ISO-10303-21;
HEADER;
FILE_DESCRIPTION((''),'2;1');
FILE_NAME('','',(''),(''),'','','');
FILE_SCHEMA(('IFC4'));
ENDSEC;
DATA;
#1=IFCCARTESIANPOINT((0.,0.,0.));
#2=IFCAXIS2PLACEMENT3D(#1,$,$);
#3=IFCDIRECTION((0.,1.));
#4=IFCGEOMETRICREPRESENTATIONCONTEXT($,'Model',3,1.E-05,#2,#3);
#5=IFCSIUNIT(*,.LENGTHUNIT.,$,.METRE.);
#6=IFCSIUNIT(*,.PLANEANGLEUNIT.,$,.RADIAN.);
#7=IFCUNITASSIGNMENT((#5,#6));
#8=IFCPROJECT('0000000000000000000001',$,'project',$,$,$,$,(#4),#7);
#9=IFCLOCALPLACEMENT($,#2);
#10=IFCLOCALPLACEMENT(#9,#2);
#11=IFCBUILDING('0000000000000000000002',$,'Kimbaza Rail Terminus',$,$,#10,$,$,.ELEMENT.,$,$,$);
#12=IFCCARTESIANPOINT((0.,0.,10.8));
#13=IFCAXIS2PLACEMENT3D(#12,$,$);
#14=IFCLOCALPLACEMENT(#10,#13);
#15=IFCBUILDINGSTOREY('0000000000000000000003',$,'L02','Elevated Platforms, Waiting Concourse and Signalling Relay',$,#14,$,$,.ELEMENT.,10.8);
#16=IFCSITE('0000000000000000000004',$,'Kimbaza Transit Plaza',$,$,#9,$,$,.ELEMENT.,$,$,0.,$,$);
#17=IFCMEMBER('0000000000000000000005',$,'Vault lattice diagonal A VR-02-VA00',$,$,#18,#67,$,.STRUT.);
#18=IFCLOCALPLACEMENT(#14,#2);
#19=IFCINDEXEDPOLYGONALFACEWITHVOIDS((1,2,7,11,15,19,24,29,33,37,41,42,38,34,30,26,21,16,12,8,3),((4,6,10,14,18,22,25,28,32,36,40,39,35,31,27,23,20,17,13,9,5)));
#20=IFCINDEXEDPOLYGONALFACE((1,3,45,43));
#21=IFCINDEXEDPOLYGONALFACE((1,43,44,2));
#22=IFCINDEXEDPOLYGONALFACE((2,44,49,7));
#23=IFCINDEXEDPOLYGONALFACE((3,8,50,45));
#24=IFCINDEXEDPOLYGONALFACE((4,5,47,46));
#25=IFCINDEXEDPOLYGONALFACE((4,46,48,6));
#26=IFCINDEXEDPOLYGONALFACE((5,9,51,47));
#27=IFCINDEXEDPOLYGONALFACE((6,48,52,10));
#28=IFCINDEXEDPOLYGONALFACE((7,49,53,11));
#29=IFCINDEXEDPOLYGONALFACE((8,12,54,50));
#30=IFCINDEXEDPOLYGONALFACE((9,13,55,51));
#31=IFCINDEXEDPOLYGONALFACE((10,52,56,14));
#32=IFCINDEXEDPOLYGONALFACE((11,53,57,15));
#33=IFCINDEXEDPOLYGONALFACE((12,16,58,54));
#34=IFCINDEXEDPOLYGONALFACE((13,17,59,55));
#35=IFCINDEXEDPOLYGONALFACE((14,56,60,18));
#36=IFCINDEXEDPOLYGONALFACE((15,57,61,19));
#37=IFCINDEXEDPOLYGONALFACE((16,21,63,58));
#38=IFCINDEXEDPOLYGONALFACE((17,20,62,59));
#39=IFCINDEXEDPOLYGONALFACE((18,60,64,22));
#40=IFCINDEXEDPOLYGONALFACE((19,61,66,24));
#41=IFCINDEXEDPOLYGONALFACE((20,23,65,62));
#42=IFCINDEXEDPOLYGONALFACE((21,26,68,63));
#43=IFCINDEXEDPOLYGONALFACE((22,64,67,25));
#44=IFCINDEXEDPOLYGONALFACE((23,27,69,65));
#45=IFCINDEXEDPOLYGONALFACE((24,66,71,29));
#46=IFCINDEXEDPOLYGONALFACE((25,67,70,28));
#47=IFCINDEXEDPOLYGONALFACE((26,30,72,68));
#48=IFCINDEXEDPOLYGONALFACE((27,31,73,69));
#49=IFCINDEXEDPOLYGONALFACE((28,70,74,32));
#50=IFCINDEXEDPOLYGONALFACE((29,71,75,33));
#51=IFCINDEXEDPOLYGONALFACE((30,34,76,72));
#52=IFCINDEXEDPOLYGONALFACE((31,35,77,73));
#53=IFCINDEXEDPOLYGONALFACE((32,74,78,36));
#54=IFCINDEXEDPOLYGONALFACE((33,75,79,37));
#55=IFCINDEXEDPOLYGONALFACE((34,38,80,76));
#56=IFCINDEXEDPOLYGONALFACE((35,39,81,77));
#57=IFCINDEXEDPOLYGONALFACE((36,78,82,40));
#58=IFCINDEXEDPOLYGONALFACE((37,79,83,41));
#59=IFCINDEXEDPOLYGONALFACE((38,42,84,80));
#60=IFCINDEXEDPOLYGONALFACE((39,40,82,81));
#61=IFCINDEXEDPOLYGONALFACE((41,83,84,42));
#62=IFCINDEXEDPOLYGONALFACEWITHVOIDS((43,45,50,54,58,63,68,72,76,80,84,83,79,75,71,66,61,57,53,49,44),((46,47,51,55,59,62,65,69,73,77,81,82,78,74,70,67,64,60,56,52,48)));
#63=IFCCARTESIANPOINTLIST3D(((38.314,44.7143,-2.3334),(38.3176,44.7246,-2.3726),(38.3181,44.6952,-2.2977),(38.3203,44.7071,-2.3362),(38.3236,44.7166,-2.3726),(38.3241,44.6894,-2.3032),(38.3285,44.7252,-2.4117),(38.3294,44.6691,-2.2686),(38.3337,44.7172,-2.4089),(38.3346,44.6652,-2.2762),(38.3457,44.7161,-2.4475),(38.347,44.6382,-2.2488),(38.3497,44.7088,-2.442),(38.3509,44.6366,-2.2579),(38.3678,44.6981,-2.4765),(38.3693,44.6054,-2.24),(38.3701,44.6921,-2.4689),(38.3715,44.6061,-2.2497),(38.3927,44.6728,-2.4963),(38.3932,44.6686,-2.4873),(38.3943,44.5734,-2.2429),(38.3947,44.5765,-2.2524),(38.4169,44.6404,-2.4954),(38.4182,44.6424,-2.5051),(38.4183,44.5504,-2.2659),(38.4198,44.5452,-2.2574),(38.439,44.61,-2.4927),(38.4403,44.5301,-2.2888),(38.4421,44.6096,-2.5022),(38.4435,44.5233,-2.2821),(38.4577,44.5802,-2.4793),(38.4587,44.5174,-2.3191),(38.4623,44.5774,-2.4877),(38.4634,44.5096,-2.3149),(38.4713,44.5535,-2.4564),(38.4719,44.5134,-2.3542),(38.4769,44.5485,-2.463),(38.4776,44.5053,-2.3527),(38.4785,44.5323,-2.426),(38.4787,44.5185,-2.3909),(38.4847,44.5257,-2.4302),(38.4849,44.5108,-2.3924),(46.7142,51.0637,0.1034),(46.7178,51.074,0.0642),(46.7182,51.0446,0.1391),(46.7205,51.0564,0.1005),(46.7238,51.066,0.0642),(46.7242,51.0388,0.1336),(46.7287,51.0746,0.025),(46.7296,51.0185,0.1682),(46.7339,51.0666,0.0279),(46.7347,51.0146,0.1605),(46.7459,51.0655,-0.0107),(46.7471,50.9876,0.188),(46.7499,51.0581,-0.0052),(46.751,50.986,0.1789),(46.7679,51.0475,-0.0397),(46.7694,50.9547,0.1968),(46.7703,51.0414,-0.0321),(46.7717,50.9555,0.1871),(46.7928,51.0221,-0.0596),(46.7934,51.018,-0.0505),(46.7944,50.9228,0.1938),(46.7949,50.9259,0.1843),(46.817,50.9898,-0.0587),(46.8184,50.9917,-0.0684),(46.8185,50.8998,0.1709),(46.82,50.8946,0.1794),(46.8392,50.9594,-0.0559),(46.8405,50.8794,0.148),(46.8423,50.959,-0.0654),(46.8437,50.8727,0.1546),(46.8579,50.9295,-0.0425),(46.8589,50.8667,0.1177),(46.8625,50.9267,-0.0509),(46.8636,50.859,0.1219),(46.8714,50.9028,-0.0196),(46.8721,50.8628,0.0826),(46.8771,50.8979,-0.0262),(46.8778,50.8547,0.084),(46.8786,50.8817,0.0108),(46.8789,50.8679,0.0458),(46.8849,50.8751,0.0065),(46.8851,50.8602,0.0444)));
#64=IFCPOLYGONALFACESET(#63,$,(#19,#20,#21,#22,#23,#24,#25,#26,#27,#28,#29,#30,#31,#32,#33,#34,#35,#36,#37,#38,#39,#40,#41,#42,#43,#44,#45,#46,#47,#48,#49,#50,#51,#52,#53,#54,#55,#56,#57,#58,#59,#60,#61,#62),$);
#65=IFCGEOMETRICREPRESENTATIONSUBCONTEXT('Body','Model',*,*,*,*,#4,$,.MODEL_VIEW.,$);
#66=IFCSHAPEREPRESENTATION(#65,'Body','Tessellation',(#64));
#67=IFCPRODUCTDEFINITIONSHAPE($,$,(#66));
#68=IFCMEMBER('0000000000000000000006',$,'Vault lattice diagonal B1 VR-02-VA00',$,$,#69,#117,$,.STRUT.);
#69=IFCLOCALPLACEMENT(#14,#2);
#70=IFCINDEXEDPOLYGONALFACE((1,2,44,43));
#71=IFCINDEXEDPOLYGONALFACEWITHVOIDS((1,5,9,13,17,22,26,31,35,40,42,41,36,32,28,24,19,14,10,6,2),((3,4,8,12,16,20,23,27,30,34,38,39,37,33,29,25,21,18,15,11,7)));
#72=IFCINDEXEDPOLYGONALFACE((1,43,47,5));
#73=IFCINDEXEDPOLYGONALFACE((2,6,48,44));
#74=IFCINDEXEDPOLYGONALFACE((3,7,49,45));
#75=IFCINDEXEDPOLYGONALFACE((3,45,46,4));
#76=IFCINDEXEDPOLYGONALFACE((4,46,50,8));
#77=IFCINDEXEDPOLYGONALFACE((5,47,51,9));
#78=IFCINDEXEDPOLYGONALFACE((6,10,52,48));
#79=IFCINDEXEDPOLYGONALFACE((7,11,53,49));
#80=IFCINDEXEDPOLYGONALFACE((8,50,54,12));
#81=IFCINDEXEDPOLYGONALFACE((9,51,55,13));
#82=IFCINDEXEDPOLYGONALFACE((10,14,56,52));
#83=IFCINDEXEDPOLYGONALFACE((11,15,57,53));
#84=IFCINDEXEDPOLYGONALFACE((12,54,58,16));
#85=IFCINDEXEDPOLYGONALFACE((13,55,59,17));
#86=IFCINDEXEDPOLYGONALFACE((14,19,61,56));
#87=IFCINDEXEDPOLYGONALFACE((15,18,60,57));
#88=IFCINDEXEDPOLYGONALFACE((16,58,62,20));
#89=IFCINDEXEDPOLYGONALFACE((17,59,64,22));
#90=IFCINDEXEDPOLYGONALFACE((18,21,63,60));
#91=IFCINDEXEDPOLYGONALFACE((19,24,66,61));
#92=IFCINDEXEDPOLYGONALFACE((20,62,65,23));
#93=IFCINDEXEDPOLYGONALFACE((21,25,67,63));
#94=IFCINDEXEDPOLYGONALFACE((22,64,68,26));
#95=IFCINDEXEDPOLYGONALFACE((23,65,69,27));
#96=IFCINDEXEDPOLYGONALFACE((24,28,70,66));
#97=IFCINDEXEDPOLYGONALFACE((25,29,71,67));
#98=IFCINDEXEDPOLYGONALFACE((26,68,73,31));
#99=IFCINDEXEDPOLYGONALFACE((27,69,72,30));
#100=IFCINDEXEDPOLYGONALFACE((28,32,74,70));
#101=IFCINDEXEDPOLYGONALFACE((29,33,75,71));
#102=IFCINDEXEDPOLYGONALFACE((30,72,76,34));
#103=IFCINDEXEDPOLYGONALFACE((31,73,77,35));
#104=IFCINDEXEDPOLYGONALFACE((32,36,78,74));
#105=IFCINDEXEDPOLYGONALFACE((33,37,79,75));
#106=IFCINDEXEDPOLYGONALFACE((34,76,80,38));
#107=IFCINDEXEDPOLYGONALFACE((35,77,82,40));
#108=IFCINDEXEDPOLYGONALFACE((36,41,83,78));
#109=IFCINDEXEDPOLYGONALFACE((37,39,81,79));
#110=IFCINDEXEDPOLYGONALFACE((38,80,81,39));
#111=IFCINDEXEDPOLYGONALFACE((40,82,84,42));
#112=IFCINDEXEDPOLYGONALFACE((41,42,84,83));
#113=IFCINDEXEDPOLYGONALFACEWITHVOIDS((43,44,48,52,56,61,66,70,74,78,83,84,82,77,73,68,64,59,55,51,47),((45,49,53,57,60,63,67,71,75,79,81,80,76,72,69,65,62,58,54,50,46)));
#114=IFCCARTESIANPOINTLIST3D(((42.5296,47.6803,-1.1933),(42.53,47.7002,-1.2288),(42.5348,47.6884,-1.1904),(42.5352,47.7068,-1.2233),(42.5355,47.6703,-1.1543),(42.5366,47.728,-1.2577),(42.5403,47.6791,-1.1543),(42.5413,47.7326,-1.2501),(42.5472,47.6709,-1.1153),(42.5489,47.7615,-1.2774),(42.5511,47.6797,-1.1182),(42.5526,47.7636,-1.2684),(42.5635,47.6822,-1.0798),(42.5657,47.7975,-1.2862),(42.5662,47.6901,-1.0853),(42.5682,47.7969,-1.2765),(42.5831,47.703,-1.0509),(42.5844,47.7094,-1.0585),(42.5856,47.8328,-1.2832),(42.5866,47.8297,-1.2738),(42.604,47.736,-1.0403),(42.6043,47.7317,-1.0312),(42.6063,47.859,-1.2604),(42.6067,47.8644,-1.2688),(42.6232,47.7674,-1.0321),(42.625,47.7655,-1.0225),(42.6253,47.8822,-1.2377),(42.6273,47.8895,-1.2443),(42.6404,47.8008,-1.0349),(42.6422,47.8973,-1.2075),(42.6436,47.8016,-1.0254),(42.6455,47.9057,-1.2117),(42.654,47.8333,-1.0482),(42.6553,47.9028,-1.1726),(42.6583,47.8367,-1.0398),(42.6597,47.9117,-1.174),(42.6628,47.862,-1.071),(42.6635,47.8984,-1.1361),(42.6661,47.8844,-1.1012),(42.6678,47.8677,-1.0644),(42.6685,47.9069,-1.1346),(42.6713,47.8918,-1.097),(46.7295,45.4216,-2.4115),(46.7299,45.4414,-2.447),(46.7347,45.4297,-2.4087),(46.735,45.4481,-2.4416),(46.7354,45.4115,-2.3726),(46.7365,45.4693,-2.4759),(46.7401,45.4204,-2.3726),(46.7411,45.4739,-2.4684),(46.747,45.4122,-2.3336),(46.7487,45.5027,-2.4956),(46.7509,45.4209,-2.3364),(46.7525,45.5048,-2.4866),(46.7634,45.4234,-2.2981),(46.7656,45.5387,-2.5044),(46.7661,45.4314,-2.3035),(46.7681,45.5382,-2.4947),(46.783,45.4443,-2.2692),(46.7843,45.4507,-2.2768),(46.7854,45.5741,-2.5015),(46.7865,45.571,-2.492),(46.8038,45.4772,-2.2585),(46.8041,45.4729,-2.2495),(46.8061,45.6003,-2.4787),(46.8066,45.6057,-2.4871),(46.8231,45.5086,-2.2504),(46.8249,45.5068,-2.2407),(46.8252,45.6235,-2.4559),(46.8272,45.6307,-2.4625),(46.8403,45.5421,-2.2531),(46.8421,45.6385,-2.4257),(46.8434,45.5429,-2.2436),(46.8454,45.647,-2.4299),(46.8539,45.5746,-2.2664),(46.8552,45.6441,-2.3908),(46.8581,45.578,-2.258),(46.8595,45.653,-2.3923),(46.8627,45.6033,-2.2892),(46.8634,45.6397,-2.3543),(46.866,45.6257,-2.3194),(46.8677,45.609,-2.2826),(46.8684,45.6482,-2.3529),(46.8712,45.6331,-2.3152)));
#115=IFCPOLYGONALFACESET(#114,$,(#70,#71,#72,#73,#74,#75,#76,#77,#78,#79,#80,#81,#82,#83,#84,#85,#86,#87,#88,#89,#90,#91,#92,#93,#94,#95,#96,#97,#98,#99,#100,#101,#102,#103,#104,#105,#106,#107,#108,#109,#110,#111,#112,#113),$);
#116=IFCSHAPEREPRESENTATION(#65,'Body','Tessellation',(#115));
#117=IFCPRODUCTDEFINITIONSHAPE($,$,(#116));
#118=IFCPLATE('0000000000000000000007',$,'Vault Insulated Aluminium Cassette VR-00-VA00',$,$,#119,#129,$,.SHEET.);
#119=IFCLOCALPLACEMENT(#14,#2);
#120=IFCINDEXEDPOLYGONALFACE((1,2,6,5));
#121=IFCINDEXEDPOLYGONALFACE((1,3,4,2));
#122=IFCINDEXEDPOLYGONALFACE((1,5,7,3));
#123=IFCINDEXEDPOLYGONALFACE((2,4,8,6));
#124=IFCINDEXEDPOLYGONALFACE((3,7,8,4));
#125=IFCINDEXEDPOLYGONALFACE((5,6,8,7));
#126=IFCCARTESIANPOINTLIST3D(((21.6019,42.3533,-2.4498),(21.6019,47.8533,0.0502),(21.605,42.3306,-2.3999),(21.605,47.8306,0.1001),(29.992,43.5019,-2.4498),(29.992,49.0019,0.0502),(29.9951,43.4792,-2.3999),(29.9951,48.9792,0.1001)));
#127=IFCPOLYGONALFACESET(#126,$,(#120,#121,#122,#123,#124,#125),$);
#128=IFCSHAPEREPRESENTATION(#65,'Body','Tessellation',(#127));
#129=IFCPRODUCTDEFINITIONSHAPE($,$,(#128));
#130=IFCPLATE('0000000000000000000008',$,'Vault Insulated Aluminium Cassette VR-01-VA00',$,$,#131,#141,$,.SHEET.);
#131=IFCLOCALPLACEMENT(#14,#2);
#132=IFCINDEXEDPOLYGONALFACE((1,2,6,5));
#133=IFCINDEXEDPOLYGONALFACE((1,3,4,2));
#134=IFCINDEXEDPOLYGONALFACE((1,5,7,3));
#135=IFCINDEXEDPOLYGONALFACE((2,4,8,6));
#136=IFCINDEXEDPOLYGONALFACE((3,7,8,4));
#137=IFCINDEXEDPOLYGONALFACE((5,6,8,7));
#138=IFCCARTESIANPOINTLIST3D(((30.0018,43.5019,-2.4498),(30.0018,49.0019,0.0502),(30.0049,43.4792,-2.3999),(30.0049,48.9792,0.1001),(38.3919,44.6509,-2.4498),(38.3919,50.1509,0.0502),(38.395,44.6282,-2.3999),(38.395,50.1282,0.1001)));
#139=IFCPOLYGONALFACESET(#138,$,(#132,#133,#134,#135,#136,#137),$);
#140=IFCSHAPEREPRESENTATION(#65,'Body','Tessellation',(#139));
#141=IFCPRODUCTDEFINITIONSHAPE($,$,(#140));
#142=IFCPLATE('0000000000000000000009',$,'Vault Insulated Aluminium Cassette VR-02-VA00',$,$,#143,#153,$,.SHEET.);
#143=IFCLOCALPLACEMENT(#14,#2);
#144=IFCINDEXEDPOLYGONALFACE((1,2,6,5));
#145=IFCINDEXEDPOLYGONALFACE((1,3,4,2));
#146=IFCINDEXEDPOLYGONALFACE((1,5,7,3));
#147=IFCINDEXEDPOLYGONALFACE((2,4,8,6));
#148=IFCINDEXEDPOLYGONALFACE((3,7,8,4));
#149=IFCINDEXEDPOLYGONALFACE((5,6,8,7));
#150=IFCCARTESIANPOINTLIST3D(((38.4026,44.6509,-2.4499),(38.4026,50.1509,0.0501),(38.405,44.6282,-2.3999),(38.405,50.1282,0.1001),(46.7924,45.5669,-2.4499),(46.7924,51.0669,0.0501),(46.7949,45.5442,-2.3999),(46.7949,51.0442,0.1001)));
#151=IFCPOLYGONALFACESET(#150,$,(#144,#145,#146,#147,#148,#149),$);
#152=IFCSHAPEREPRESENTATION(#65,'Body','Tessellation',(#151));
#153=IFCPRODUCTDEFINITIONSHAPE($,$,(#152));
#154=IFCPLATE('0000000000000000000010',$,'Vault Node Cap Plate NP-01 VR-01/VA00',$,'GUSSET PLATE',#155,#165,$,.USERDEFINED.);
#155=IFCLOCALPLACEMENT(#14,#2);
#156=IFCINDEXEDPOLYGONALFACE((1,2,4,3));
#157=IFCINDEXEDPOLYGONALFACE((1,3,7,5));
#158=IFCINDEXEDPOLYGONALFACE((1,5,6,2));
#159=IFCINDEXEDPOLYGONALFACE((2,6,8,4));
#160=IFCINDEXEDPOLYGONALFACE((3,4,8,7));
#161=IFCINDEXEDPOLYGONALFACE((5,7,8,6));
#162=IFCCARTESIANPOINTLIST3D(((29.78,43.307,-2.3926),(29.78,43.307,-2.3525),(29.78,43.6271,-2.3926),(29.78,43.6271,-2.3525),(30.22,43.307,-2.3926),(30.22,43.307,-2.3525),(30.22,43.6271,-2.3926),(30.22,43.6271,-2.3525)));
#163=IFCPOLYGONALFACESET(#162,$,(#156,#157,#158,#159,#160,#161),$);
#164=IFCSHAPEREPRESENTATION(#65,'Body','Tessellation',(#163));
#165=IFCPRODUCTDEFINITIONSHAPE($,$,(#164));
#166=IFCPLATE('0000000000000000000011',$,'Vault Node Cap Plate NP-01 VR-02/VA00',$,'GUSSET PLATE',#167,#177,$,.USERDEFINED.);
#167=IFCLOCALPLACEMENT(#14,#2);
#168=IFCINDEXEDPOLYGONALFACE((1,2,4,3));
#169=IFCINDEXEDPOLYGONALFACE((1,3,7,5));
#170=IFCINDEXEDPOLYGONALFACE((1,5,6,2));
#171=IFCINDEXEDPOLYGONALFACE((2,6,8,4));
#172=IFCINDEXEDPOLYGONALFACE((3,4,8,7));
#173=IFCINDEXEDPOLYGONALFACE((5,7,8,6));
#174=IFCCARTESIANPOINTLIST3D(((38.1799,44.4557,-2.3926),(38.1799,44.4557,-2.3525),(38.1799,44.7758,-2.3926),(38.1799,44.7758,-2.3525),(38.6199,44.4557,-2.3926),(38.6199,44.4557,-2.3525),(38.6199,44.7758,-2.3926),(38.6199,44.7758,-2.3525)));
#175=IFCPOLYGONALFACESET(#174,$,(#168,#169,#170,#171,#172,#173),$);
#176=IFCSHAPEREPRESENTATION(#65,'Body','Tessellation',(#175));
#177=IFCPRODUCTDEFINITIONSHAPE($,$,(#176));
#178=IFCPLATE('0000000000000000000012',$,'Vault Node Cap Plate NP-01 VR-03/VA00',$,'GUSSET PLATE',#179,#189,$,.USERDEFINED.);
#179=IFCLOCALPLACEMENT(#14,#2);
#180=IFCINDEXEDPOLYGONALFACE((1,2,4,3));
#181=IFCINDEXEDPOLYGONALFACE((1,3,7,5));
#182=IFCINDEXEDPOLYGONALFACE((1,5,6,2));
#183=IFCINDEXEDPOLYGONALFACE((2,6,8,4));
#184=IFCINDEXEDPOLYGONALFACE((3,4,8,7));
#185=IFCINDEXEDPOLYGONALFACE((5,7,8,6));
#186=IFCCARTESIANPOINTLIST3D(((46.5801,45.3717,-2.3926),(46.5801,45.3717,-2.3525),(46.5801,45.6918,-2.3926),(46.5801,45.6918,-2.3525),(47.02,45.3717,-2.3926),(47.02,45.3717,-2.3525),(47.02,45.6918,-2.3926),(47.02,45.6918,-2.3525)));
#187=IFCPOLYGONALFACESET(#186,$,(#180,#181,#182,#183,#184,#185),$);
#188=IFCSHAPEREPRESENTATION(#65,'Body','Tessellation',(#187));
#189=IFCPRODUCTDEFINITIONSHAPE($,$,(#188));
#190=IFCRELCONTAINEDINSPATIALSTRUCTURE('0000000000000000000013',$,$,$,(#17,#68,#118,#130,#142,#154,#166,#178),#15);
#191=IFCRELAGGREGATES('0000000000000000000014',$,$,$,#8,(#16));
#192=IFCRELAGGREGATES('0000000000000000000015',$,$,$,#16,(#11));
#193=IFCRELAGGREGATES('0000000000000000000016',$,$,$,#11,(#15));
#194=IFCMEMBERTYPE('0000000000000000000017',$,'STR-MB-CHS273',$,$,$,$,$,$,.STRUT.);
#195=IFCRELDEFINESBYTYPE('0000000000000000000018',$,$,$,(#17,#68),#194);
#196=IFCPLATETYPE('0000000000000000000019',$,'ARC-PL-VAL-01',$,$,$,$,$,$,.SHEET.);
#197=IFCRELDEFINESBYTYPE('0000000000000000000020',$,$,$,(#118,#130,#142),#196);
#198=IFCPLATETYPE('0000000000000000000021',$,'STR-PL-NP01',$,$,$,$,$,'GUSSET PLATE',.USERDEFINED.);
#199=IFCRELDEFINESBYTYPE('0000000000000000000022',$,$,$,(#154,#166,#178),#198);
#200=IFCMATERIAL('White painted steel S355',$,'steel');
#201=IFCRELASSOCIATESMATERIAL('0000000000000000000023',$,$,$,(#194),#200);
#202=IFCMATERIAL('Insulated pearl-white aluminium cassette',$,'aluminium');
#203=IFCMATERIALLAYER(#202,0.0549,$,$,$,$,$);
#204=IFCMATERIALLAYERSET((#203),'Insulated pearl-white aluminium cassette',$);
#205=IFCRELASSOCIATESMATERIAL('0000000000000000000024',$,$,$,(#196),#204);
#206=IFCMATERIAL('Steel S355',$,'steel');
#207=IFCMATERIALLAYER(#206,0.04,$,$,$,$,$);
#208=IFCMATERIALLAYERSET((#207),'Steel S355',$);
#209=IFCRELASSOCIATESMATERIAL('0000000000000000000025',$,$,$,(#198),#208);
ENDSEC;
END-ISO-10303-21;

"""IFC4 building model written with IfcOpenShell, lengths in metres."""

from ifc_helpers import new_model, si_unit, direction, frame, origin, origin_2d, place, context, subcontext, project, spatial, polyline, rectangle, hollow_circle, outline, extrude, material, layer, layer_set, material_profile, profile_set, type_object, element, save


model = new_model("IFC4")

# Units and contexts
model_context = context("Model", 3, precision=1e-05, world=origin(), true_north=direction((0.0, 1.0)))
body_context = subcontext(model_context, "Body", "Model", "MODEL_VIEW")
ifc_project = project(units=[si_unit("LENGTHUNIT", "METRE"), si_unit("PLANEANGLEUNIT", "RADIAN")], contexts=[model_context])

# Site, building, storey
site_placement = place(None, origin())
site = spatial("IfcSite", under=ifc_project, at=site_placement, Name="Kimbaza Transit Plaza", CompositionType="ELEMENT", RefElevation=0.0)
building_placement = place(site_placement, origin())
building = spatial("IfcBuilding", under=site, at=building_placement, Name="Kimbaza Rail Terminus", CompositionType="ELEMENT")
storey_placement = place(building_placement, frame((0.0, 0.0, 10.8)))
storey = spatial("IfcBuildingStorey", under=building, at=storey_placement, Name="L02", Description="Elevated Platforms, Waiting Concourse and Signalling Relay", CompositionType="ELEMENT", Elevation=10.8)

# Members
ifc_material_1 = material(Name="White painted steel S355", Category="steel")
ifc_material_profile_1 = material_profile(ifc_material_1, hollow_circle(Radius=0.1365, WallThickness=0.01, at=origin_2d()), Name="CHS 273x10")
ifc_profile_set_1 = profile_set([ifc_material_profile_1], Name="White painted steel S355")
member_type_1 = type_object("IfcMemberType", Name="STR-MB-CHS273", PredefinedType="STRUT", material=ifc_profile_set_1)
member_1_placement = place(storey_placement, frame((38.3999, 44.6157, -2.3726), z_axis=(0.777209, 0.587464, 0.225458), x_axis=(-0.60299, 0.797749, 0.0)))
element("IfcMember", 1, at=member_1_placement, inside=storey, type_object=member_type_1, Name="Vault lattice diagonal A VR-02-VA00", PredefinedType="STRUT", context=body_context, shape_type="SweptSolid", body=[
    extrude(hollow_circle(Radius=0.1365, WallThickness=0.01, at=origin_2d()), origin(), (0.0, 0.0, 1.0), 10.8081),
])
member_2_placement = place(storey_placement, frame((46.8, 45.5317, -2.3726), z_axis=(-0.853305, 0.458919, 0.247515), x_axis=(-0.473657, -0.880709, 0.0)))
element("IfcMember", 2, at=member_2_placement, inside=storey, type_object=member_type_1, Name="Vault lattice diagonal B1 VR-02-VA00", PredefinedType="STRUT", context=body_context, shape_type="SweptSolid", body=[
    extrude(hollow_circle(Radius=0.1365, WallThickness=0.01, at=origin_2d()), origin(), (0.0, 0.0, 1.0), 4.9219),
])

# Plates
ifc_material_2 = material(Name="Insulated pearl-white aluminium cassette", Category="aluminium")
ifc_layer_1 = layer(ifc_material_2, 0.0549)
ifc_layer_set_1 = layer_set([ifc_layer_1], Name="Insulated pearl-white aluminium cassette")
plate_type_1 = type_object("IfcPlateType", Name="ARC-PL-VAL-01", PredefinedType="SHEET", material=ifc_layer_set_1)
plate_1_placement = place(storey_placement, frame((21.605, 42.3306, -2.3999), z_axis=(0.056562, -0.41314, 0.908909), x_axis=(0.990758, 0.135643, 0.0)))
element("IfcPlate", 3, at=plate_1_placement, inside=storey, type_object=plate_type_1, Name="Vault Insulated Aluminium Cassette VR-00-VA00", PredefinedType="SHEET", context=body_context, shape_type="SweptSolid", body=[
    extrude(outline(polyline([(0.0, 0.0), (8.4684, 0.0), (9.2144, 5.9953), (0.746, 5.9953), (0.0, 0.0)])), origin(), (0.0, 0.0, -1.0), 0.0549),
])
plate_2_placement = place(storey_placement, frame((30.0049, 43.4792, -2.3999), z_axis=(0.056574, -0.41314, 0.908908), x_axis=(0.990754, 0.135672, 0.0)))
element("IfcPlate", 4, at=plate_2_placement, inside=storey, type_object=plate_type_1, Name="Vault Insulated Aluminium Cassette VR-01-VA00", PredefinedType="SHEET", context=body_context, shape_type="SweptSolid", body=[
    extrude(outline(polyline([(0.0, 0.0), (8.4684, 0.0), (9.2146, 5.9953), (0.7462, 5.9953), (0.0, 0.0)])), origin(), (0.0, 0.0, -1.0), 0.0549),
])
plate_3_placement = place(storey_placement, frame((38.405, 44.6282, -2.3999), z_axis=(0.045133, -0.413381, 0.909439), x_axis=(0.994093, 0.108536, 0.0)))
element("IfcPlate", 5, at=plate_3_placement, inside=storey, type_object=plate_type_1, Name="Vault Insulated Aluminium Cassette VR-02-VA00", PredefinedType="SHEET", context=body_context, shape_type="SweptSolid", body=[
    extrude(outline(polyline([(0.0, 0.0), (8.4398, 0.0), (9.0367, 6.012), (0.5969, 6.012), (0.0, 0.0)])), origin(), (0.0, 0.0, -1.0), 0.0549),
])
ifc_material_3 = material(Name="Steel S355", Category="steel")
ifc_layer_2 = layer(ifc_material_3, 0.04)
ifc_layer_set_2 = layer_set([ifc_layer_2], Name="Steel S355")
plate_type_2 = type_object("IfcPlateType", Name="STR-PL-NP01", ElementType="GUSSET PLATE", PredefinedType="USERDEFINED", material=ifc_layer_set_2)
for number, where, z_axis, x_axis, name in (
    (6, (30.0, 43.467, -2.3926), (0.0, 0.0, 1.0), (1.0, 0.0, 0.0), "Vault Node Cap Plate NP-01 VR-01/VA00"),
    (7, (38.3999, 44.6157, -2.3926), (0.0, 0.0, 1.0), (1.0, 0.0, 0.0), "Vault Node Cap Plate NP-01 VR-02/VA00"),
    (8, (46.8, 45.5317, -2.3926), (0.0, 0.0, 1.0), (1.0, 0.0, 0.0), "Vault Node Cap Plate NP-01 VR-03/VA00"),
):
    element("IfcPlate", number, at=place(storey_placement, frame(where, z_axis=z_axis, x_axis=x_axis)), inside=storey, type_object=plate_type_2, Name=name, ObjectType="GUSSET PLATE", PredefinedType="USERDEFINED", context=body_context, shape_type="SweptSolid", body=[
        extrude(rectangle(XDim=0.4399, YDim=0.3201, at=origin_2d()), origin(), (0.0, 0.0, 1.0), 0.04),
    ])

save(model, "model.ifc")
